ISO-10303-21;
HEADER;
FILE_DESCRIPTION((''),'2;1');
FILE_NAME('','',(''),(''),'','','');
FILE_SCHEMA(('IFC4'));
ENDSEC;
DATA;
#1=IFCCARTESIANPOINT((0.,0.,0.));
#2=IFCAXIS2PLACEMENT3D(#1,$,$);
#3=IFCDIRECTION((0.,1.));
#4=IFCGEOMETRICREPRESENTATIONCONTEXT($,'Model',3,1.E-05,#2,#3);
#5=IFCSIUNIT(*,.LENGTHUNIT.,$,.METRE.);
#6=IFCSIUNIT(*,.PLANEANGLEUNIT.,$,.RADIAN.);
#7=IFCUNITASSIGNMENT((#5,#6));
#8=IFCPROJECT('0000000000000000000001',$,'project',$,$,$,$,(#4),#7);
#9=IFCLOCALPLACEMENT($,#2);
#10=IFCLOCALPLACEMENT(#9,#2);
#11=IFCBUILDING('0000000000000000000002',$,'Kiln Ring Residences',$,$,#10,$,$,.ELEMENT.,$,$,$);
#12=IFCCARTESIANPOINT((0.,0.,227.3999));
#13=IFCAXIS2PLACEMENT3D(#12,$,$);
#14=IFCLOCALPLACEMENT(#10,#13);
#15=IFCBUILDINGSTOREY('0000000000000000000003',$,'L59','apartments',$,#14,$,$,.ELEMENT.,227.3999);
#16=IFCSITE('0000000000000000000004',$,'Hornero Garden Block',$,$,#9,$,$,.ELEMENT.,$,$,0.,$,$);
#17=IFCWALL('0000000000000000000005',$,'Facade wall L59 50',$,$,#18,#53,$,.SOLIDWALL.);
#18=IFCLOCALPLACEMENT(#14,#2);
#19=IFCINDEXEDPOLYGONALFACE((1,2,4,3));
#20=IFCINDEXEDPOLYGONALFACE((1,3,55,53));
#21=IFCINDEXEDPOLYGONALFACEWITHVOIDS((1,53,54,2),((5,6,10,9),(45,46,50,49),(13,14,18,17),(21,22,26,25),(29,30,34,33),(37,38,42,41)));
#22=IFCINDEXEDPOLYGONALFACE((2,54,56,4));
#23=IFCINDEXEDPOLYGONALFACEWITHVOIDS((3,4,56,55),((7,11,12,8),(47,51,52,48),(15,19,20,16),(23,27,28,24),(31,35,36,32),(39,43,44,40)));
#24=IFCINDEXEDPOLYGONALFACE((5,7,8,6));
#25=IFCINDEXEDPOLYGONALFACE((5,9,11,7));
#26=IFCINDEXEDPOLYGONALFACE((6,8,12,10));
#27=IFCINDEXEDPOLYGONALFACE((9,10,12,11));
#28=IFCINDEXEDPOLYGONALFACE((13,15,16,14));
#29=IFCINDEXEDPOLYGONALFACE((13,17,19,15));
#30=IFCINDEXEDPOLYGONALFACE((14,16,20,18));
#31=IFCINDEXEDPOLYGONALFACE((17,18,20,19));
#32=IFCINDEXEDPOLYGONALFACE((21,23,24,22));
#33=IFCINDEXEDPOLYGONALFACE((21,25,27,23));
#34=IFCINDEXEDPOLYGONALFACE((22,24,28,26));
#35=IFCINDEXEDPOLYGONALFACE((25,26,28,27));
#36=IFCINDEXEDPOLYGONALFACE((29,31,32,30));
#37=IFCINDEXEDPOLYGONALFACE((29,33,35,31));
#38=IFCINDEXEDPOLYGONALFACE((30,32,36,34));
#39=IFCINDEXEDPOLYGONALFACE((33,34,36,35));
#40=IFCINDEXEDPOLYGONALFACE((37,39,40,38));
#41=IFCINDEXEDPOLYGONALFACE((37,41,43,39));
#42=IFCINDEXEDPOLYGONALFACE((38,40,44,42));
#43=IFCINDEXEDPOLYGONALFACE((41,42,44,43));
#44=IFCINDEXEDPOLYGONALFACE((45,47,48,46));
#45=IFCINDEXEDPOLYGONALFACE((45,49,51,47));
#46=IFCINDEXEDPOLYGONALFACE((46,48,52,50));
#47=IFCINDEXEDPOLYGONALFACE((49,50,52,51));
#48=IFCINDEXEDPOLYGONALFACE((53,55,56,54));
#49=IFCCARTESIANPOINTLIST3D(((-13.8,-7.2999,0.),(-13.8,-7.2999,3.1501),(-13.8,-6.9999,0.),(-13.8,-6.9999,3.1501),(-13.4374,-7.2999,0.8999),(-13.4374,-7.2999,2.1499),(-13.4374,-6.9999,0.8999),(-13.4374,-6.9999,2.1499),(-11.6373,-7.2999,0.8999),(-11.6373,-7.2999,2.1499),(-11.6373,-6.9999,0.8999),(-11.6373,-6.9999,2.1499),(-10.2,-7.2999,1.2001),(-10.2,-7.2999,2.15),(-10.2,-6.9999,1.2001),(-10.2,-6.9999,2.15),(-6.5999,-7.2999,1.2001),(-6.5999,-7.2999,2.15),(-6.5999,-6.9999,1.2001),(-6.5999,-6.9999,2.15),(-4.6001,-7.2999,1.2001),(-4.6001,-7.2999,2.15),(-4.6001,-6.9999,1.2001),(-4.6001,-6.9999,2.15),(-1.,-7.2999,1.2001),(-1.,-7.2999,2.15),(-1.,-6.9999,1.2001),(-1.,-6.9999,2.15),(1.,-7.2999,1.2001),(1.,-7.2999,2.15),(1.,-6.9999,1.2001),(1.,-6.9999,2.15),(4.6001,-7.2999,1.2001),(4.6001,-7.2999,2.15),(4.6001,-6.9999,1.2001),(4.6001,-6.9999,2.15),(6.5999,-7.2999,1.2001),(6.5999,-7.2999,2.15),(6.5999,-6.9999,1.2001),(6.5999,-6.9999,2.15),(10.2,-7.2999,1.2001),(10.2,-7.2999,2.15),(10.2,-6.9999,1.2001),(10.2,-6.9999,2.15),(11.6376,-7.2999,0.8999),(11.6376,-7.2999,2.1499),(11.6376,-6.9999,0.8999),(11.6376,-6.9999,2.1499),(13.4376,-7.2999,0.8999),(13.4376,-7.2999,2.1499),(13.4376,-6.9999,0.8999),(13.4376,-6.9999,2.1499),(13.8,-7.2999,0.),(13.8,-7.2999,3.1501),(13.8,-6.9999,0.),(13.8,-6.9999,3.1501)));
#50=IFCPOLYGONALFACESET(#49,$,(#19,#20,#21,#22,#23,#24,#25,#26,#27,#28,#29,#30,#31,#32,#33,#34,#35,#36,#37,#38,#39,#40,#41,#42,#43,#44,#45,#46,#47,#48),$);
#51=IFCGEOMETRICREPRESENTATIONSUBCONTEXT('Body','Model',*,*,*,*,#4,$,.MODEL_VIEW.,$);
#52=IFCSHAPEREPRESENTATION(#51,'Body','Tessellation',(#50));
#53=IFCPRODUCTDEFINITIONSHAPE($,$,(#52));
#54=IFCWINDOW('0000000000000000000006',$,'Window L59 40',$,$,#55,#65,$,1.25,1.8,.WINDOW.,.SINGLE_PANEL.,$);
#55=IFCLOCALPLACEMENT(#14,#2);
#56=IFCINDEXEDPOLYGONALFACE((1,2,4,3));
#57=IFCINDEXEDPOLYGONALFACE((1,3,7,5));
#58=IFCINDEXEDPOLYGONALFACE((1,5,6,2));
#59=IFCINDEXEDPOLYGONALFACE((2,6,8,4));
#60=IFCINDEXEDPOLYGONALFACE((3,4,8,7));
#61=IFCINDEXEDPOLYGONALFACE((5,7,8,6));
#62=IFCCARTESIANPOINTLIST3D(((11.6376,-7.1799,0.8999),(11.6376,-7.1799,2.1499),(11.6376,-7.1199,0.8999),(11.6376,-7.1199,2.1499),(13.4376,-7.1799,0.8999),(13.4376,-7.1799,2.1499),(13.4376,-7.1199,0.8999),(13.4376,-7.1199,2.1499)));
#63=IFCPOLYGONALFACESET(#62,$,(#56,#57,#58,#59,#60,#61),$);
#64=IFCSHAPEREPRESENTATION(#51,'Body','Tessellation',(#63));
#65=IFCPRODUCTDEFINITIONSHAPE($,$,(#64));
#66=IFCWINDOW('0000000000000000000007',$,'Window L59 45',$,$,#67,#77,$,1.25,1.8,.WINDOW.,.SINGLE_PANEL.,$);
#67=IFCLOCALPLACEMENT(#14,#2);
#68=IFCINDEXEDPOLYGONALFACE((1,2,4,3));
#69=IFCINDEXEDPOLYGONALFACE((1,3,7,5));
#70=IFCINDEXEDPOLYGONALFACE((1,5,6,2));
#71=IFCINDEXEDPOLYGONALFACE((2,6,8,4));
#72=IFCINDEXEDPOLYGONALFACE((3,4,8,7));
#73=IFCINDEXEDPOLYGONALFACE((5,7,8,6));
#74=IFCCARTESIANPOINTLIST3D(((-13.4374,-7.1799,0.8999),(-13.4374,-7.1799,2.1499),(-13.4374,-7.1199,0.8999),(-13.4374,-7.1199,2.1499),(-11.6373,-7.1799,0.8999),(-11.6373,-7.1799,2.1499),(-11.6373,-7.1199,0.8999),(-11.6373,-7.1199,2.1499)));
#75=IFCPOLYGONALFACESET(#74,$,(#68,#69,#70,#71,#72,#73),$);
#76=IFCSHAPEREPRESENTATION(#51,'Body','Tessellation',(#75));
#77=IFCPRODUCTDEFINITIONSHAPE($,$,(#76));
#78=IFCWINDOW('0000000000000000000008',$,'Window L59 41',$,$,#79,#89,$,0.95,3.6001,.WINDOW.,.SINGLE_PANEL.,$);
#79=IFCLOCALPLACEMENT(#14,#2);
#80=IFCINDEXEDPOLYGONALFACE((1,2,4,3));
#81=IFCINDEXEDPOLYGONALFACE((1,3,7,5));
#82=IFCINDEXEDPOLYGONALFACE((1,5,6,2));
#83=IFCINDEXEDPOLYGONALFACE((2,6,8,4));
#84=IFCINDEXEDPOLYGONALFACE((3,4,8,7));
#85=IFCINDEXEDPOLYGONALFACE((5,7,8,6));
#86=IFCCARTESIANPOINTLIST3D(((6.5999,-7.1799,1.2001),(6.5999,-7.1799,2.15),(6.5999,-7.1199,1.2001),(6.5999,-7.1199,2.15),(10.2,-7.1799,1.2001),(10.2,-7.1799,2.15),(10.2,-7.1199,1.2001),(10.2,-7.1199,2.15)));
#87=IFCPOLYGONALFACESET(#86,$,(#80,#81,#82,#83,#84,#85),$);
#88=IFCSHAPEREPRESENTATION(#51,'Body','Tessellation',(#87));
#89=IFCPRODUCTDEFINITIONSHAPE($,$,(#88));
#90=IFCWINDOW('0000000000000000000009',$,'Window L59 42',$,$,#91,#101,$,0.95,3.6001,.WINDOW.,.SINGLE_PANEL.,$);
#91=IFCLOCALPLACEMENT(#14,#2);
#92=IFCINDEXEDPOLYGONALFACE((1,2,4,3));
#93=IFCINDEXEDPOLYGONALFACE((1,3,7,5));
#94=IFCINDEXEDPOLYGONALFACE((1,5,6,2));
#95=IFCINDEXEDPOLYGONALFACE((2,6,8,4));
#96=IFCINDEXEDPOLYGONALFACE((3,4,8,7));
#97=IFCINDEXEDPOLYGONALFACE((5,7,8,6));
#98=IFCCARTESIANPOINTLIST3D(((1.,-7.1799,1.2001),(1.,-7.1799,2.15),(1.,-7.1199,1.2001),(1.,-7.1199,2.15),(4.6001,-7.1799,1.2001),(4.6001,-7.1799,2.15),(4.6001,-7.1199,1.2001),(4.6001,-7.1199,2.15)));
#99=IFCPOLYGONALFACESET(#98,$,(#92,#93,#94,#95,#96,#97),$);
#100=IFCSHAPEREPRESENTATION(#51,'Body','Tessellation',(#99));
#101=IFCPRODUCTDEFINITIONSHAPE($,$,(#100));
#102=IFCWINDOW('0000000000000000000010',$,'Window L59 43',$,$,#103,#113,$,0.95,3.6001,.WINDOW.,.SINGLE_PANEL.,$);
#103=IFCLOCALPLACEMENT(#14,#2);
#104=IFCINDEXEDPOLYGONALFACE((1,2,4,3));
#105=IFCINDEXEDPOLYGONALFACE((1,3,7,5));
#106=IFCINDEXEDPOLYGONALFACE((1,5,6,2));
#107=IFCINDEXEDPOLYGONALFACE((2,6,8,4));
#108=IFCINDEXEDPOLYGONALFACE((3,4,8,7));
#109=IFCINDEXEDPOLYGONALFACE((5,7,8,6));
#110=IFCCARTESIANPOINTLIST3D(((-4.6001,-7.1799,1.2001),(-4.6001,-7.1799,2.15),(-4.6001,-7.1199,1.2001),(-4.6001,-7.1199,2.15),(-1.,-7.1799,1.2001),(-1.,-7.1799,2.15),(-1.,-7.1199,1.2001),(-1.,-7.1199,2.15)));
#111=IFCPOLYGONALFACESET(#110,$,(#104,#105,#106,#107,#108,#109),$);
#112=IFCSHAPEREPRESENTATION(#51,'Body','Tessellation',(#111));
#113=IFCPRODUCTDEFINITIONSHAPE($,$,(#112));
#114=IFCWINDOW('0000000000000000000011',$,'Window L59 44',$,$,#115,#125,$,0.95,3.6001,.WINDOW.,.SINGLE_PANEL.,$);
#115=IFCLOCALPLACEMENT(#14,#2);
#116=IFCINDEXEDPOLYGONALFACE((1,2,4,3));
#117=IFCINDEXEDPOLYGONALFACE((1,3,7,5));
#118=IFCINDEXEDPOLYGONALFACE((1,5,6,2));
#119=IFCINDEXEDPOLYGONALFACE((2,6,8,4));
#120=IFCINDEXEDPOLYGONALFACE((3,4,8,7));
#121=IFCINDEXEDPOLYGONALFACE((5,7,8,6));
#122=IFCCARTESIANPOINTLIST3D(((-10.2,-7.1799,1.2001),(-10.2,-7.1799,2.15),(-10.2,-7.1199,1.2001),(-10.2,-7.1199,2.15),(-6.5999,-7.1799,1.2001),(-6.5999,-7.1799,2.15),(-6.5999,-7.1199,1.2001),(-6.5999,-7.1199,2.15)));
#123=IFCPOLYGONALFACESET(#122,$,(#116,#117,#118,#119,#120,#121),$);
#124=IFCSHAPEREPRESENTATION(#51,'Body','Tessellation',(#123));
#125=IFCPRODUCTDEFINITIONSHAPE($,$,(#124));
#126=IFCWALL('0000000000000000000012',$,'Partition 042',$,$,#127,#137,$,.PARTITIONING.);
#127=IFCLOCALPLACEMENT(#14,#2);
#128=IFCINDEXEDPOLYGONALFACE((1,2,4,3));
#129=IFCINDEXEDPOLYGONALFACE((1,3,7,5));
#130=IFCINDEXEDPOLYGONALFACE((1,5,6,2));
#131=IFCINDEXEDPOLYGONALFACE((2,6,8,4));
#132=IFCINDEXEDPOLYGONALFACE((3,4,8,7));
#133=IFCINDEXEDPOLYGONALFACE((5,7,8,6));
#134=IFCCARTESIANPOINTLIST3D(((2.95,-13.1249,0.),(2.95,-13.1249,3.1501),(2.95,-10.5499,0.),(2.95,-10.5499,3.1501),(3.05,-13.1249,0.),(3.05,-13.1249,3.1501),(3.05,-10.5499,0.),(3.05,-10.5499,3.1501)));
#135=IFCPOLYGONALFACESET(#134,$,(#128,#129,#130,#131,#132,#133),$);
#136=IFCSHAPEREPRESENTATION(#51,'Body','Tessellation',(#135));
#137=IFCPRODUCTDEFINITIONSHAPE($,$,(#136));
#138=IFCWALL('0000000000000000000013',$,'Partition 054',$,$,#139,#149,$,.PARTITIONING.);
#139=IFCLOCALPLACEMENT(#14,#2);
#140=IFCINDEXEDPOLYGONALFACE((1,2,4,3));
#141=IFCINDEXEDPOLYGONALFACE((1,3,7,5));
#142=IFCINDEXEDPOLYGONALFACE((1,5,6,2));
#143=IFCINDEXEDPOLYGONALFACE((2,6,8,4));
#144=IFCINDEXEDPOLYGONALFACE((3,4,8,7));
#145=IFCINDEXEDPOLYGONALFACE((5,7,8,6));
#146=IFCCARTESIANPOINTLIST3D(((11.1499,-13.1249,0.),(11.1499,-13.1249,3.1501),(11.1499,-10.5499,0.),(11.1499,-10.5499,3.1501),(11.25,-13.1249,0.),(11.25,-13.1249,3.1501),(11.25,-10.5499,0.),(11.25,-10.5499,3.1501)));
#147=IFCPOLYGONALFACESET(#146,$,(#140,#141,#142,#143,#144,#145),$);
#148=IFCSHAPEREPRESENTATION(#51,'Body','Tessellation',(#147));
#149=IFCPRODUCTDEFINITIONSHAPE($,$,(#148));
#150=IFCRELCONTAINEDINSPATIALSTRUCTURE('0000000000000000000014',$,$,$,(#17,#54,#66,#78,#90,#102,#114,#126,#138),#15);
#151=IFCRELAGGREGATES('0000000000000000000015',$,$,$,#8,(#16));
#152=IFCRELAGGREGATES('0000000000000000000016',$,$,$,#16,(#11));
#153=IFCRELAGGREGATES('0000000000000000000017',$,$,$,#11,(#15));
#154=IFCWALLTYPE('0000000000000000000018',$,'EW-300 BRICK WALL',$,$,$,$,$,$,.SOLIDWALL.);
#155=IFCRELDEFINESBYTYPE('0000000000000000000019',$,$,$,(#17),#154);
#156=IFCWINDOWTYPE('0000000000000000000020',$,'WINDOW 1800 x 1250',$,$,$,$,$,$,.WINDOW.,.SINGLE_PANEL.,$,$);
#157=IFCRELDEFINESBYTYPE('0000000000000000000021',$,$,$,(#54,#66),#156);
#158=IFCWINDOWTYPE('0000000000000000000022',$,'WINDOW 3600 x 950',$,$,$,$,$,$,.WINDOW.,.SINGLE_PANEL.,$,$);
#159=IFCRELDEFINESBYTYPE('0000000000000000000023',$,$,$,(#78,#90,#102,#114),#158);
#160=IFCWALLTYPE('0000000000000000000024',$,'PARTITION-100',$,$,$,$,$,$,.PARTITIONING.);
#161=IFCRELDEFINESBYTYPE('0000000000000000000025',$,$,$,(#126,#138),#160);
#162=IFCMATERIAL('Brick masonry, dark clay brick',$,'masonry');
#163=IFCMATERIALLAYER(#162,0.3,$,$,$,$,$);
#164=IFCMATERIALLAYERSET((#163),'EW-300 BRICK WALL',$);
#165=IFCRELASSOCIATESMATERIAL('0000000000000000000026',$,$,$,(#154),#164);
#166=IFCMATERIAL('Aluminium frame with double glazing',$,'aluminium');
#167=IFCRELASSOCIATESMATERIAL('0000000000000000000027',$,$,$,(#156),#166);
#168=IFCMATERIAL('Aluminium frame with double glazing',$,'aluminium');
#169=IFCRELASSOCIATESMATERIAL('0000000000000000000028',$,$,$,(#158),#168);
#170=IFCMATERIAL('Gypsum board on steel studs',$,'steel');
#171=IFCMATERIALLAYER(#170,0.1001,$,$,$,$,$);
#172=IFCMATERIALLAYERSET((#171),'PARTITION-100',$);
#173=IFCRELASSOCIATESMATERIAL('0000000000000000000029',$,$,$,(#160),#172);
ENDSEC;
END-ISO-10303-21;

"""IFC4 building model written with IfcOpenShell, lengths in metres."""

from ifc_helpers import new_model, si_unit, direction, frame, frame_2d, origin, place, context, subcontext, project, spatial, rectangle, extrude, material, layer, layer_set, type_object, element, fill, save


model = new_model("IFC4")

# Units and contexts
model_context = context("Model", 3, precision=1e-05, world=origin(), true_north=direction((0.0, 1.0)))
body_context = subcontext(model_context, "Body", "Model", "MODEL_VIEW")
ifc_project = project(units=[si_unit("LENGTHUNIT", "METRE"), si_unit("PLANEANGLEUNIT", "RADIAN")], contexts=[model_context])

# Site, building, storey
site_placement = place(None, origin())
site = spatial("IfcSite", under=ifc_project, at=site_placement, Name="Hornero Garden Block", CompositionType="ELEMENT", RefElevation=0.0)
building_placement = place(site_placement, origin())
building = spatial("IfcBuilding", under=site, at=building_placement, Name="Kiln Ring Residences", CompositionType="ELEMENT")
storey_placement = place(building_placement, frame((0.0, 0.0, 227.3999)))
storey = spatial("IfcBuildingStorey", under=building, at=storey_placement, Name="L59", Description="apartments", CompositionType="ELEMENT", Elevation=227.3999)

# Wall, openings, windows
ifc_material_1 = material(Name="Brick masonry, dark clay brick", Category="masonry")
ifc_layer_1 = layer(ifc_material_1, 0.3)
ifc_layer_set_1 = layer_set([ifc_layer_1], Name="EW-300 BRICK WALL")
wall_type_1 = type_object("IfcWallType", Name="EW-300 BRICK WALL", PredefinedType="SOLIDWALL", material=ifc_layer_set_1)
wall_1_placement = place(storey_placement, frame((13.8, -7.1499, 0.0), z_axis=(0.0, 0.0, 1.0), x_axis=(-1.0, 0.0, 0.0)))
wall_1 = element("IfcWall", 1, at=wall_1_placement, inside=storey, type_object=wall_type_1, Name="Facade wall L59 50", PredefinedType="SOLIDWALL", context=body_context, shape_type="SweptSolid", body=[
    extrude(rectangle(XDim=27.6001, YDim=0.3, at=frame_2d((13.8, 0.0))), origin(), (0.0, 0.0, 1.0), 3.1501),
])
opening_1_placement = place(wall_1_placement, frame((0.3625, 0.0, 0.8999)))
opening_1 = element("IfcOpeningElement", 2, at=opening_1_placement, cuts=wall_1, PredefinedType="OPENING", context=body_context, shape_type="SweptSolid", body=[
    extrude(rectangle(XDim=1.8, YDim=1.25, at=frame_2d((0.8999, 0.625))), frame((0.0, 0.1599, 0.0), z_axis=(0.0, -1.0, 0.0), x_axis=(1.0, 0.0, 0.0)), (0.0, 0.0, 1.0), 0.3201),
])
opening_2_placement = place(wall_1_placement, frame((3.6001, 0.0, 1.2)))
opening_2 = element("IfcOpeningElement", 3, at=opening_2_placement, cuts=wall_1, PredefinedType="OPENING", context=body_context, shape_type="SweptSolid", body=[
    extrude(rectangle(XDim=3.6001, YDim=0.95, at=frame_2d((1.8, 0.4751))), frame((0.0, 0.1599, 0.0), z_axis=(0.0, -1.0, 0.0), x_axis=(1.0, 0.0, 0.0)), (0.0, 0.0, 1.0), 0.3201),
])
opening_3_placement = place(wall_1_placement, frame((9.2, 0.0, 1.2)))
opening_3 = element("IfcOpeningElement", 4, at=opening_3_placement, cuts=wall_1, PredefinedType="OPENING", context=body_context, shape_type="SweptSolid", body=[
    extrude(rectangle(XDim=3.6001, YDim=0.95, at=frame_2d((1.8, 0.4751))), frame((0.0, 0.1599, 0.0), z_axis=(0.0, -1.0, 0.0), x_axis=(1.0, 0.0, 0.0)), (0.0, 0.0, 1.0), 0.3201),
])
opening_4_placement = place(wall_1_placement, frame((14.8, 0.0, 1.2)))
opening_4 = element("IfcOpeningElement", 5, at=opening_4_placement, cuts=wall_1, PredefinedType="OPENING", context=body_context, shape_type="SweptSolid", body=[
    extrude(rectangle(XDim=3.6001, YDim=0.95, at=frame_2d((1.8, 0.4751))), frame((0.0, 0.1599, 0.0), z_axis=(0.0, -1.0, 0.0), x_axis=(1.0, 0.0, 0.0)), (0.0, 0.0, 1.0), 0.3201),
])
opening_5_placement = place(wall_1_placement, frame((20.3999, 0.0, 1.2)))
opening_5 = element("IfcOpeningElement", 6, at=opening_5_placement, cuts=wall_1, PredefinedType="OPENING", context=body_context, shape_type="SweptSolid", body=[
    extrude(rectangle(XDim=3.6001, YDim=0.95, at=frame_2d((1.8, 0.4751))), frame((0.0, 0.1599, 0.0), z_axis=(0.0, -1.0, 0.0), x_axis=(1.0, 0.0, 0.0)), (0.0, 0.0, 1.0), 0.3201),
])
opening_6_placement = place(wall_1_placement, frame((25.4375, 0.0, 0.8999)))
opening_6 = element("IfcOpeningElement", 7, at=opening_6_placement, cuts=wall_1, PredefinedType="OPENING", context=body_context, shape_type="SweptSolid", body=[
    extrude(rectangle(XDim=1.8, YDim=1.25, at=frame_2d((0.8999, 0.625))), frame((0.0, 0.1599, 0.0), z_axis=(0.0, -1.0, 0.0), x_axis=(1.0, 0.0, 0.0)), (0.0, 0.0, 1.0), 0.3201),
])
ifc_material_2 = material(Name="Aluminium frame with double glazing", Category="aluminium")
window_type_1 = type_object("IfcWindowType", Name="WINDOW 1800 x 1250", PartitioningType="SINGLE_PANEL", PredefinedType="WINDOW", material=ifc_material_2)
window_1_placement = place(opening_1_placement, origin())
window_1 = element("IfcWindow", 8, at=window_1_placement, inside=storey, type_object=window_type_1, Name="Window L59 40", OverallHeight=1.25, OverallWidth=1.8, PartitioningType="SINGLE_PANEL", PredefinedType="WINDOW", context=body_context, shape_type="SweptSolid", body=[
    extrude(rectangle(XDim=1.8, YDim=1.25, at=frame_2d((0.8999, 0.625))), frame((0.0, 0.03, 0.0), z_axis=(0.0, -1.0, 0.0), x_axis=(1.0, 0.0, 0.0)), (0.0, 0.0, 1.0), 0.0601),
])
fill(opening_1, window_1)
window_2_placement = place(opening_6_placement, origin())
window_2 = element("IfcWindow", 9, at=window_2_placement, inside=storey, type_object=window_type_1, Name="Window L59 45", OverallHeight=1.25, OverallWidth=1.8, PartitioningType="SINGLE_PANEL", PredefinedType="WINDOW", context=body_context, shape_type="SweptSolid", body=[
    extrude(rectangle(XDim=1.8, YDim=1.25, at=frame_2d((0.8999, 0.625))), frame((0.0, 0.03, 0.0), z_axis=(0.0, -1.0, 0.0), x_axis=(1.0, 0.0, 0.0)), (0.0, 0.0, 1.0), 0.0601),
])
fill(opening_6, window_2)
ifc_material_3 = material(Name="Aluminium frame with double glazing", Category="aluminium")
window_type_2 = type_object("IfcWindowType", Name="WINDOW 3600 x 950", PartitioningType="SINGLE_PANEL", PredefinedType="WINDOW", material=ifc_material_3)
window_3_placement = place(opening_2_placement, origin())
window_3 = element("IfcWindow", 10, at=window_3_placement, inside=storey, type_object=window_type_2, Name="Window L59 41", OverallHeight=0.95, OverallWidth=3.6001, PartitioningType="SINGLE_PANEL", PredefinedType="WINDOW", context=body_context, shape_type="SweptSolid", body=[
    extrude(rectangle(XDim=3.6001, YDim=0.95, at=frame_2d((1.8, 0.4751))), frame((0.0, 0.03, 0.0), z_axis=(0.0, -1.0, 0.0), x_axis=(1.0, 0.0, 0.0)), (0.0, 0.0, 1.0), 0.0601),
])
fill(opening_2, window_3)
window_4_placement = place(opening_3_placement, origin())
window_4 = element("IfcWindow", 11, at=window_4_placement, inside=storey, type_object=window_type_2, Name="Window L59 42", OverallHeight=0.95, OverallWidth=3.6001, PartitioningType="SINGLE_PANEL", PredefinedType="WINDOW", context=body_context, shape_type="SweptSolid", body=[
    extrude(rectangle(XDim=3.6001, YDim=0.95, at=frame_2d((1.8, 0.4751))), frame((0.0, 0.03, 0.0), z_axis=(0.0, -1.0, 0.0), x_axis=(1.0, 0.0, 0.0)), (0.0, 0.0, 1.0), 0.0601),
])
fill(opening_3, window_4)
window_5_placement = place(opening_4_placement, origin())
window_5 = element("IfcWindow", 12, at=window_5_placement, inside=storey, type_object=window_type_2, Name="Window L59 43", OverallHeight=0.95, OverallWidth=3.6001, PartitioningType="SINGLE_PANEL", PredefinedType="WINDOW", context=body_context, shape_type="SweptSolid", body=[
    extrude(rectangle(XDim=3.6001, YDim=0.95, at=frame_2d((1.8, 0.4751))), frame((0.0, 0.03, 0.0), z_axis=(0.0, -1.0, 0.0), x_axis=(1.0, 0.0, 0.0)), (0.0, 0.0, 1.0), 0.0601),
])
fill(opening_4, window_5)
window_6_placement = place(opening_5_placement, origin())
window_6 = element("IfcWindow", 13, at=window_6_placement, inside=storey, type_object=window_type_2, Name="Window L59 44", OverallHeight=0.95, OverallWidth=3.6001, PartitioningType="SINGLE_PANEL", PredefinedType="WINDOW", context=body_context, shape_type="SweptSolid", body=[
    extrude(rectangle(XDim=3.6001, YDim=0.95, at=frame_2d((1.8, 0.4751))), frame((0.0, 0.03, 0.0), z_axis=(0.0, -1.0, 0.0), x_axis=(1.0, 0.0, 0.0)), (0.0, 0.0, 1.0), 0.0601),
])
fill(opening_5, window_6)

# Walls
ifc_material_4 = material(Name="Gypsum board on steel studs", Category="steel")
ifc_layer_2 = layer(ifc_material_4, 0.1001)
ifc_layer_set_2 = layer_set([ifc_layer_2], Name="PARTITION-100")
wall_type_2 = type_object("IfcWallType", Name="PARTITION-100", PredefinedType="PARTITIONING", material=ifc_layer_set_2)
for number, where, z_axis, x_axis, name in (
    (14, (3.0, -13.125, 0.0), (0.0, 0.0, 1.0), (0.0, 1.0, 0.0), "Partition 042"),
    (15, (11.2, -13.125, 0.0), (0.0, 0.0, 1.0), (0.0, 1.0, 0.0), "Partition 054"),
):
    element("IfcWall", number, at=place(storey_placement, frame(where, z_axis=z_axis, x_axis=x_axis)), inside=storey, type_object=wall_type_2, Name=name, PredefinedType="PARTITIONING", context=body_context, shape_type="SweptSolid", body=[
        extrude(rectangle(XDim=2.575, YDim=0.1001, at=frame_2d((1.2876, 0.0))), origin(), (0.0, 0.0, 1.0), 3.1501),
    ])

save(model, "model.ifc")
